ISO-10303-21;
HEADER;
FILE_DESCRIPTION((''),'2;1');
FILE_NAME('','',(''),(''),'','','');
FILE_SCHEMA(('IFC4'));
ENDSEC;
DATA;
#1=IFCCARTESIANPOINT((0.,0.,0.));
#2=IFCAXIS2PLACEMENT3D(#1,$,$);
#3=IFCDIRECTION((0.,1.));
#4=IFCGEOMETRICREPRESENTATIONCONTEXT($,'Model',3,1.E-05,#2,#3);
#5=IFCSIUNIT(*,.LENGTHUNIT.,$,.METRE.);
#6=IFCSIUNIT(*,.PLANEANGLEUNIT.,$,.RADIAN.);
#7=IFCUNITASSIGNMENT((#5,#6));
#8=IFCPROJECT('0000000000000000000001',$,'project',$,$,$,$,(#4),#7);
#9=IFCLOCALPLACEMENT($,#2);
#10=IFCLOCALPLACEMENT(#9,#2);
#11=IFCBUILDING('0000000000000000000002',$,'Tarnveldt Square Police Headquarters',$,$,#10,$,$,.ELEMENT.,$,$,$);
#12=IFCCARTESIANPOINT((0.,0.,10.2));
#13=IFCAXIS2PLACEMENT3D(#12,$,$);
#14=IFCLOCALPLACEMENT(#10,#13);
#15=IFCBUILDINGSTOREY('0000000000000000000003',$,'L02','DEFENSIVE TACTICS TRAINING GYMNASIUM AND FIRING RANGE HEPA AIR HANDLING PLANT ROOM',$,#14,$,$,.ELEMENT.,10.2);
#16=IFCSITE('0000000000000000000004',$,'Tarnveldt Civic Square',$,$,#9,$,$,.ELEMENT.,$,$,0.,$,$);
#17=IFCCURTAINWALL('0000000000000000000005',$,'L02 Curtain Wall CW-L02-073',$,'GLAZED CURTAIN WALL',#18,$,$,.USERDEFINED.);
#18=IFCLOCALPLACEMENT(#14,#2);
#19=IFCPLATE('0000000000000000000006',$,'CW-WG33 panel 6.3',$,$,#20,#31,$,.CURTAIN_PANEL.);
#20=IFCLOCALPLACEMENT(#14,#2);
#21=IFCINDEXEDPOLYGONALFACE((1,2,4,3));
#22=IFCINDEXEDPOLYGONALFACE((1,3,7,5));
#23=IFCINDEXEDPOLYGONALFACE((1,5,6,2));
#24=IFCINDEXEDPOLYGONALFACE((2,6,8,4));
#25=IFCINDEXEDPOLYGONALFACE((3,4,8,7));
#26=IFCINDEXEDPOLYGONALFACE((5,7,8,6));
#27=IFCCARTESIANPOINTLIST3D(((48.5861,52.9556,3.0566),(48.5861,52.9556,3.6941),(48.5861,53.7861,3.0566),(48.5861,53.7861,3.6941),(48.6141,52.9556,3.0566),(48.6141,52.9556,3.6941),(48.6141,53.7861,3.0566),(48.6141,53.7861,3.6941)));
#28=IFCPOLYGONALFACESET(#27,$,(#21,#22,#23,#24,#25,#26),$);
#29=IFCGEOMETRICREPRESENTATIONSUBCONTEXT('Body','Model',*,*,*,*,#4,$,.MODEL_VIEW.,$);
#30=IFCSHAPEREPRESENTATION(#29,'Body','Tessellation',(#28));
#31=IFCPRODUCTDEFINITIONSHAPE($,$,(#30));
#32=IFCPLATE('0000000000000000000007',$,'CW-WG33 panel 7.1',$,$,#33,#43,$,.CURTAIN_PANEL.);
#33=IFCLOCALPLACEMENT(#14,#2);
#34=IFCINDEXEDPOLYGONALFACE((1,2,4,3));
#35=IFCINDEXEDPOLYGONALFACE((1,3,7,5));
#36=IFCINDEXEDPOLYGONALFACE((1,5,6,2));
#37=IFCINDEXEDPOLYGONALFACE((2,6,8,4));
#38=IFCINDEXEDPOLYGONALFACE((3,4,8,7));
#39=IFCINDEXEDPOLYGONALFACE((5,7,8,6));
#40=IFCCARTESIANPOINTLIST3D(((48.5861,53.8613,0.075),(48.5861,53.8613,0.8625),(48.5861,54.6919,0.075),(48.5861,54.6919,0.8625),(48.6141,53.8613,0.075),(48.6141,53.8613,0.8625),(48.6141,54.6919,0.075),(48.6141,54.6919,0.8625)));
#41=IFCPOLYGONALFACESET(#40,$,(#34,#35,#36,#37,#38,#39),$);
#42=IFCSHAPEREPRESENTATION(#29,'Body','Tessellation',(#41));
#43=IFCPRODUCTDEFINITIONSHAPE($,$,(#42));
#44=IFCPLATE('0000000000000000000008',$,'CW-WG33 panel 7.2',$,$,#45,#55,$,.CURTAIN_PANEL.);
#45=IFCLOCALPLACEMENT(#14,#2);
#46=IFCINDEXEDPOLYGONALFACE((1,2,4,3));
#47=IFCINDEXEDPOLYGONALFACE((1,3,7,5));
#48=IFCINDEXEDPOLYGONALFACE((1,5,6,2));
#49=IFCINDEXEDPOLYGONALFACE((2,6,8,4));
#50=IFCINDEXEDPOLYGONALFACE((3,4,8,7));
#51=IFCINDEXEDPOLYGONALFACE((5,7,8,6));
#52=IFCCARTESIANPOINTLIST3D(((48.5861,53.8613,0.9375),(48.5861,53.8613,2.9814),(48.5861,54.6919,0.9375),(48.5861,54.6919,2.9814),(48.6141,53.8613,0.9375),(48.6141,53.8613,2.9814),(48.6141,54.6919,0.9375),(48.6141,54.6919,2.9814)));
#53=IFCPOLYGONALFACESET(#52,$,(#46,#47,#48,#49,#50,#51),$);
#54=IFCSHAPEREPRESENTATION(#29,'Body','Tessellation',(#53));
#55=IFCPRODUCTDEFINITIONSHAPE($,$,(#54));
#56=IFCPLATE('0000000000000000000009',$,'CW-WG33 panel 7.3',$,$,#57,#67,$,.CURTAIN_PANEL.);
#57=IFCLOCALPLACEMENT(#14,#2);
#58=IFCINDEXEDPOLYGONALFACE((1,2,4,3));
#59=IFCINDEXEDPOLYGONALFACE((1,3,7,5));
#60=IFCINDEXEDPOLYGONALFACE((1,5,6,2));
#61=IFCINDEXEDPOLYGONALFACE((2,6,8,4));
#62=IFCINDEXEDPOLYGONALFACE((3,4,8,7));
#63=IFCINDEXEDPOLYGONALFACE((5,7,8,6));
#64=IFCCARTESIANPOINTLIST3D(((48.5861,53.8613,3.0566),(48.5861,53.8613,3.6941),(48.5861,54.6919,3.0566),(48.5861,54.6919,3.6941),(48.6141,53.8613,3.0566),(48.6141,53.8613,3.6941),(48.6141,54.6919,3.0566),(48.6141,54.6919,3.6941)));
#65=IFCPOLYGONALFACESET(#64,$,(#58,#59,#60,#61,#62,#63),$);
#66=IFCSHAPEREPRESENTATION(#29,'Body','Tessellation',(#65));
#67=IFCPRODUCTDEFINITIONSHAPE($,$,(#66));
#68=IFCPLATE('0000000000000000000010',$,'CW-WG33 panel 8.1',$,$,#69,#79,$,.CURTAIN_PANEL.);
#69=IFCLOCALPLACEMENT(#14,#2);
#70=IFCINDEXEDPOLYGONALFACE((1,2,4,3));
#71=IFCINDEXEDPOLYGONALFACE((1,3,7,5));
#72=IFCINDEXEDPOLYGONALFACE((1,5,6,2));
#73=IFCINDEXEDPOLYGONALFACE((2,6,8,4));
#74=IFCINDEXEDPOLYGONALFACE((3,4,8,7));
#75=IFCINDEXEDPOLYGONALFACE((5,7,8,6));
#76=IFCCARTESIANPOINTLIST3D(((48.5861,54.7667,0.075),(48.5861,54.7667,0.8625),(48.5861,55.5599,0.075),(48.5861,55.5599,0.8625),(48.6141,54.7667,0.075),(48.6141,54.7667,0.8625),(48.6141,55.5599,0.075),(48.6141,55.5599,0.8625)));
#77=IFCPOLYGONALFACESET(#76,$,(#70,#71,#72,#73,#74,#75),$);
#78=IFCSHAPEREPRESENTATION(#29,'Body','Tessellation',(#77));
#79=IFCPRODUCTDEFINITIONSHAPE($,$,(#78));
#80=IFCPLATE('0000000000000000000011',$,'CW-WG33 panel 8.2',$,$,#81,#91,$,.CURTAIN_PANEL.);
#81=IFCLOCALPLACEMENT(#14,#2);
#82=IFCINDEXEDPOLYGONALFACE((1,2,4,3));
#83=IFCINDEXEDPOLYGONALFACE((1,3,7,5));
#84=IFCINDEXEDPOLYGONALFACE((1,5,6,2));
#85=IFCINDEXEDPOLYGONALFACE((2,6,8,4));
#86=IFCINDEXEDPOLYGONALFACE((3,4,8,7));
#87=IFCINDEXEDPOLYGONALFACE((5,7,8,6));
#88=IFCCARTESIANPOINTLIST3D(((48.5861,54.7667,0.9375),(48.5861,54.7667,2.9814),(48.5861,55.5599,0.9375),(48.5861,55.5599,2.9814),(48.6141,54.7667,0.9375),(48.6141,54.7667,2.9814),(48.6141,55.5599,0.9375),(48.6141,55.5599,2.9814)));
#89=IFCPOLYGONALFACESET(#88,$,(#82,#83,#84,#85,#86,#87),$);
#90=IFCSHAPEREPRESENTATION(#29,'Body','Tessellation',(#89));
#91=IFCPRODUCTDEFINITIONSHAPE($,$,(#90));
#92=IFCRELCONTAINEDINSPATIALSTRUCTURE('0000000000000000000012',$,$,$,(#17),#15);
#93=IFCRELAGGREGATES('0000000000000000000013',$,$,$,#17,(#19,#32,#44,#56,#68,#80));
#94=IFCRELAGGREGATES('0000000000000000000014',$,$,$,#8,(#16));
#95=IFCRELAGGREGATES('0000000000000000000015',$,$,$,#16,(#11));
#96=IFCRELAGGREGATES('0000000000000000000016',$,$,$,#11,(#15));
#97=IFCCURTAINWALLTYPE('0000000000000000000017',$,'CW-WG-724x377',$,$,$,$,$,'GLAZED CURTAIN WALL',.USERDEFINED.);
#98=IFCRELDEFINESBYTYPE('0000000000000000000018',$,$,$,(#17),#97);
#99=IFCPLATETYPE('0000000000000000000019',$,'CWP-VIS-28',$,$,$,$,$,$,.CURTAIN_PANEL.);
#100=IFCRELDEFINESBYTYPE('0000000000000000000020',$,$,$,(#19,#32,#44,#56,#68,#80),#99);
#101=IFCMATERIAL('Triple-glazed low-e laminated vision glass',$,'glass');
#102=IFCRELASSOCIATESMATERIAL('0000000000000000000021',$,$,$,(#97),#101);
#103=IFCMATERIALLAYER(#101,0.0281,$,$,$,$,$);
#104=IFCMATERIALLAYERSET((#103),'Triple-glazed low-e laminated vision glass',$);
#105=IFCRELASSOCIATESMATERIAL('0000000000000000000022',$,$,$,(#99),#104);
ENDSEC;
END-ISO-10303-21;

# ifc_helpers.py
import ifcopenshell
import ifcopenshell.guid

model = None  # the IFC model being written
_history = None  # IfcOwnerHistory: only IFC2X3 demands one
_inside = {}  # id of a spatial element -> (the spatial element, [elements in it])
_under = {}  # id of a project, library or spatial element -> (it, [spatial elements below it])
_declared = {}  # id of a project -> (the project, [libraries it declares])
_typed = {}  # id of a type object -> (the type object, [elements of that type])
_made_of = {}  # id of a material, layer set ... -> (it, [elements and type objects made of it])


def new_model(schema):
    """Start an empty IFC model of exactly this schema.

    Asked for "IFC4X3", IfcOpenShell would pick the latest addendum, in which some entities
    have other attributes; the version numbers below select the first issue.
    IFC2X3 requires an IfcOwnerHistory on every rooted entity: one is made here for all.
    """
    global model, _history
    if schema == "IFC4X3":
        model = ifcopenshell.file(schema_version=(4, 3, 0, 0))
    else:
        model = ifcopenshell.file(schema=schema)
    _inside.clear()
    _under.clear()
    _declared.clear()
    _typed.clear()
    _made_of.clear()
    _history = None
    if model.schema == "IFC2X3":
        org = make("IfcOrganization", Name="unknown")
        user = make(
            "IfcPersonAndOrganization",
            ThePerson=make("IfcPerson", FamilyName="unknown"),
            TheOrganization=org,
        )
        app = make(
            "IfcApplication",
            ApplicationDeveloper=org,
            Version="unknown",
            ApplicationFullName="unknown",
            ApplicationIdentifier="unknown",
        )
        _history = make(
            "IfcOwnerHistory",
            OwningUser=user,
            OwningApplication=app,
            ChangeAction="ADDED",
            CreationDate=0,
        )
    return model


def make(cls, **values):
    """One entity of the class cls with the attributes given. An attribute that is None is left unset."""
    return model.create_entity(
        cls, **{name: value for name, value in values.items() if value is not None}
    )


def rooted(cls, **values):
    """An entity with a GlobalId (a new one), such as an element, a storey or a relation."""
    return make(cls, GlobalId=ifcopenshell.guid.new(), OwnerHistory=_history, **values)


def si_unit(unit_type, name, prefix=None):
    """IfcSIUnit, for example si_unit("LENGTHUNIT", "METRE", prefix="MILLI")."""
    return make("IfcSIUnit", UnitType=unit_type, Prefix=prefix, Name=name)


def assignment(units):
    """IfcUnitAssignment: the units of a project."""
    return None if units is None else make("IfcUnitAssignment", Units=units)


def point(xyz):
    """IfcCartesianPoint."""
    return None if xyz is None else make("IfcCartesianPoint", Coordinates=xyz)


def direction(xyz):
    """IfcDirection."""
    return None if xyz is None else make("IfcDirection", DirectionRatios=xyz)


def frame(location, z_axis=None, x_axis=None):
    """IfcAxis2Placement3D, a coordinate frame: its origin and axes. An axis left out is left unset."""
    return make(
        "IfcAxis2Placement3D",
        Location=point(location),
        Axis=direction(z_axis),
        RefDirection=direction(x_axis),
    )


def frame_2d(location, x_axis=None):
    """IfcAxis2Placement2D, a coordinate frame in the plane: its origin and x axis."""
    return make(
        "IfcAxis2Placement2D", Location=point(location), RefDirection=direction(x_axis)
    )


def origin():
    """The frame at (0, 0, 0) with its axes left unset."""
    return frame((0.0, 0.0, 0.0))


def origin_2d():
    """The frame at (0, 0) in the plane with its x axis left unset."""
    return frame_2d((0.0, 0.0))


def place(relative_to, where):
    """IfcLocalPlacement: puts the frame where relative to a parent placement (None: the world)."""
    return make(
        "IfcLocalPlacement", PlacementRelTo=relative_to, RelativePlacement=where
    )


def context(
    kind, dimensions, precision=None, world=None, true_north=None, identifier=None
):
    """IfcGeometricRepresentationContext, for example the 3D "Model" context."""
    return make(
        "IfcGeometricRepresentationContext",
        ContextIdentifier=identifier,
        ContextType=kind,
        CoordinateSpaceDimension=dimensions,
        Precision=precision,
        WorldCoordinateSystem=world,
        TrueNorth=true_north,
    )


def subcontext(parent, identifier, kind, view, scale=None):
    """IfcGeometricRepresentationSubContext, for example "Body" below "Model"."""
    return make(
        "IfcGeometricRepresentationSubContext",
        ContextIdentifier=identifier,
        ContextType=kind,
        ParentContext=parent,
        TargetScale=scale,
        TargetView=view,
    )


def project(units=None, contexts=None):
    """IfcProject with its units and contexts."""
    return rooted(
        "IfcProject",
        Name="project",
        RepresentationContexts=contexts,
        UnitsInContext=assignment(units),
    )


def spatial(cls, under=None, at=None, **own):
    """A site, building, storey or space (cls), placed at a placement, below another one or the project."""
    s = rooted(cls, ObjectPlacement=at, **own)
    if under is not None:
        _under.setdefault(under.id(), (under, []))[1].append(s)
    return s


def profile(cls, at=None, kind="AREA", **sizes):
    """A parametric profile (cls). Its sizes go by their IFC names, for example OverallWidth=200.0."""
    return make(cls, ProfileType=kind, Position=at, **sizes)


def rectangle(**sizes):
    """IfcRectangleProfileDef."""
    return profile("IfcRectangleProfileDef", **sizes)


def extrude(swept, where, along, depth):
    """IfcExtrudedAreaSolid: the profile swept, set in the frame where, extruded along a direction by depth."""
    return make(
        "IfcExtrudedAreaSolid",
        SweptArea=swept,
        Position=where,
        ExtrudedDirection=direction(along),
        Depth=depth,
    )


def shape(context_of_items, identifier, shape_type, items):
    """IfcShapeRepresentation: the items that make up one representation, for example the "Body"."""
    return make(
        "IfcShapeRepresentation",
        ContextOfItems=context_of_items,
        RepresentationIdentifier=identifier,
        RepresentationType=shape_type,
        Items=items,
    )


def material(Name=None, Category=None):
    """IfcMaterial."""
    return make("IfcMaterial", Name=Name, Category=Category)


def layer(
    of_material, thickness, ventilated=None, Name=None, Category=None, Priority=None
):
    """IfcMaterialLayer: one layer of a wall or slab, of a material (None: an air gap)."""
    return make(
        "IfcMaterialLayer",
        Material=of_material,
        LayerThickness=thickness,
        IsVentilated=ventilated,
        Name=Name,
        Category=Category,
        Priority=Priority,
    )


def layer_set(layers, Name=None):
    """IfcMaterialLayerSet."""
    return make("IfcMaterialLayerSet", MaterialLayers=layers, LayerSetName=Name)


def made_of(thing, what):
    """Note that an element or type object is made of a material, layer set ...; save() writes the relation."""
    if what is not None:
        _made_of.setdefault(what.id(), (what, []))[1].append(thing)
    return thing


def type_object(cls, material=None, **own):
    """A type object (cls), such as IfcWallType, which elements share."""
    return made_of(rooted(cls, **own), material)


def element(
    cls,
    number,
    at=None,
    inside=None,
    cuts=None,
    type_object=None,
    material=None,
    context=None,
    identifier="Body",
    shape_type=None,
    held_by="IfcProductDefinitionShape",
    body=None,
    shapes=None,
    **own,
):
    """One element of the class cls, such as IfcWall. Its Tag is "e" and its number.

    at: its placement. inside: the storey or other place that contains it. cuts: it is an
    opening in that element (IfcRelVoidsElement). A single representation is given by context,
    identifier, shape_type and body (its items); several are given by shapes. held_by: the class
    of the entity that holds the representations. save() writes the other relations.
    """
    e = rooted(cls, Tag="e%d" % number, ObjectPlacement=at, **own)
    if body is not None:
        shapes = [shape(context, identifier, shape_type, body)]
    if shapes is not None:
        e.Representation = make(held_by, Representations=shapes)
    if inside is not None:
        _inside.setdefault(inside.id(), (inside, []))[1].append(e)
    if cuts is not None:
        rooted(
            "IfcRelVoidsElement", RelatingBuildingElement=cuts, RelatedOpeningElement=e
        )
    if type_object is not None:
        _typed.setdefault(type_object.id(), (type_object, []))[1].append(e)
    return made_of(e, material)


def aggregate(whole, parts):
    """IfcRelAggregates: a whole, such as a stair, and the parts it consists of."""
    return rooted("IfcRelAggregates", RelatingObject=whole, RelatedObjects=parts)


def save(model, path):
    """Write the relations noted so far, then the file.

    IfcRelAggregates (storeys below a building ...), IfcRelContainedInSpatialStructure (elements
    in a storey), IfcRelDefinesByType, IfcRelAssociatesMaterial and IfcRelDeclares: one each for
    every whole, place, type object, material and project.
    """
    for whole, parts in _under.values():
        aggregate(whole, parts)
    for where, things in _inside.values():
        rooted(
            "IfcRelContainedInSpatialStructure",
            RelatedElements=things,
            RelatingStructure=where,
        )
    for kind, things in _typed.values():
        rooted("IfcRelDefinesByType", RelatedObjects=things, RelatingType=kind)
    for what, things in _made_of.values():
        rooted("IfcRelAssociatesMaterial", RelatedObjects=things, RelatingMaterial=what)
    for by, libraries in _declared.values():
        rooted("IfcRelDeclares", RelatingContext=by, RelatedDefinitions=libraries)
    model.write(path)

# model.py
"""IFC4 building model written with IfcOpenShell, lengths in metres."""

from ifc_helpers import new_model, si_unit, direction, frame, origin, origin_2d, place, context, subcontext, project, spatial, rectangle, extrude, material, layer, layer_set, type_object, element, aggregate, save


model = new_model("IFC4")

# Units and contexts
model_context = context("Model", 3, precision=1e-05, world=origin(), true_north=direction((0.0, 1.0)))
body_context = subcontext(model_context, "Body", "Model", "MODEL_VIEW")
ifc_project = project(units=[si_unit("LENGTHUNIT", "METRE"), si_unit("PLANEANGLEUNIT", "RADIAN")], contexts=[model_context])

# Site, building, storey
site_placement = place(None, origin())
site = spatial("IfcSite", under=ifc_project, at=site_placement, Name="Tarnveldt Civic Square", CompositionType="ELEMENT", RefElevation=0.0)
building_placement = place(site_placement, origin())
building = spatial("IfcBuilding", under=site, at=building_placement, Name="Tarnveldt Square Police Headquarters", CompositionType="ELEMENT")
storey_placement = place(building_placement, frame((0.0, 0.0, 10.2)))
storey = spatial("IfcBuildingStorey", under=building, at=storey_placement, Name="L02", Description="DEFENSIVE TACTICS TRAINING GYMNASIUM AND FIRING RANGE HEPA AIR HANDLING PLANT ROOM", CompositionType="ELEMENT", Elevation=10.2)

# Curtain wall, plates
ifc_material_1 = material(Name="Triple-glazed low-e laminated vision glass", Category="glass")
curtain_wall_type = type_object("IfcCurtainWallType", Name="CW-WG-724x377", ElementType="GLAZED CURTAIN WALL", PredefinedType="USERDEFINED", material=ifc_material_1)
curtain_wall_placement = place(storey_placement, origin())
curtain_wall = element("IfcCurtainWall", 1, at=curtain_wall_placement, inside=storey, type_object=curtain_wall_type, Name="L02 Curtain Wall CW-L02-073", ObjectType="GLAZED CURTAIN WALL", PredefinedType="USERDEFINED")
ifc_layer = layer(ifc_material_1, 0.0281)
ifc_layer_set = layer_set([ifc_layer], Name="Triple-glazed low-e laminated vision glass")
plate_type = type_object("IfcPlateType", Name="CWP-VIS-28", PredefinedType="CURTAIN_PANEL", material=ifc_layer_set)
plate_1_placement = place(storey_placement, frame((48.6001, 53.3708, 3.0566), z_axis=(0.0, 0.0, 1.0), x_axis=(0.0, 1.0, 0.0)))
plate_1 = element("IfcPlate", 2, at=plate_1_placement, type_object=plate_type, Name="CW-WG33 panel 6.3", PredefinedType="CURTAIN_PANEL", context=body_context, shape_type="SweptSolid", body=[
    extrude(rectangle(XDim=0.8306, YDim=0.0281, at=origin_2d()), origin(), (0.0, 0.0, 1.0), 0.6375),
])
plate_2_placement = place(storey_placement, frame((48.6001, 54.2766, 0.075), z_axis=(0.0, 0.0, 1.0), x_axis=(0.0, 1.0, 0.0)))
plate_2 = element("IfcPlate", 3, at=plate_2_placement, type_object=plate_type, Name="CW-WG33 panel 7.1", PredefinedType="CURTAIN_PANEL", context=body_context, shape_type="SweptSolid", body=[
    extrude(rectangle(XDim=0.8306, YDim=0.0281, at=origin_2d()), origin(), (0.0, 0.0, 1.0), 0.7876),
])
plate_3_placement = place(storey_placement, frame((48.6001, 54.2766, 0.9375), z_axis=(0.0, 0.0, 1.0), x_axis=(0.0, 1.0, 0.0)))
plate_3 = element("IfcPlate", 4, at=plate_3_placement, type_object=plate_type, Name="CW-WG33 panel 7.2", PredefinedType="CURTAIN_PANEL", context=body_context, shape_type="SweptSolid", body=[
    extrude(rectangle(XDim=0.8306, YDim=0.0281, at=origin_2d()), origin(), (0.0, 0.0, 1.0), 2.0439),
])
plate_4_placement = place(storey_placement, frame((48.6001, 54.2766, 3.0566), z_axis=(0.0, 0.0, 1.0), x_axis=(0.0, 1.0, 0.0)))
plate_4 = element("IfcPlate", 5, at=plate_4_placement, type_object=plate_type, Name="CW-WG33 panel 7.3", PredefinedType="CURTAIN_PANEL", context=body_context, shape_type="SweptSolid", body=[
    extrude(rectangle(XDim=0.8306, YDim=0.0281, at=origin_2d()), origin(), (0.0, 0.0, 1.0), 0.6375),
])
plate_5_placement = place(storey_placement, frame((48.6001, 55.1633, 0.075), z_axis=(0.0, 0.0, 1.0), x_axis=(0.0, 1.0, 0.0)))
plate_5 = element("IfcPlate", 6, at=plate_5_placement, type_object=plate_type, Name="CW-WG33 panel 8.1", PredefinedType="CURTAIN_PANEL", context=body_context, shape_type="SweptSolid", body=[
    extrude(rectangle(XDim=0.7932, YDim=0.0281, at=origin_2d()), origin(), (0.0, 0.0, 1.0), 0.7876),
])
plate_6_placement = place(storey_placement, frame((48.6001, 55.1633, 0.9375), z_axis=(0.0, 0.0, 1.0), x_axis=(0.0, 1.0, 0.0)))
plate_6 = element("IfcPlate", 7, at=plate_6_placement, type_object=plate_type, Name="CW-WG33 panel 8.2", PredefinedType="CURTAIN_PANEL", context=body_context, shape_type="SweptSolid", body=[
    extrude(rectangle(XDim=0.7932, YDim=0.0281, at=origin_2d()), origin(), (0.0, 0.0, 1.0), 2.0439),
])
aggregate(curtain_wall, [plate_1, plate_2, plate_3, plate_4, plate_5, plate_6])

save(model, "model.ifc")
